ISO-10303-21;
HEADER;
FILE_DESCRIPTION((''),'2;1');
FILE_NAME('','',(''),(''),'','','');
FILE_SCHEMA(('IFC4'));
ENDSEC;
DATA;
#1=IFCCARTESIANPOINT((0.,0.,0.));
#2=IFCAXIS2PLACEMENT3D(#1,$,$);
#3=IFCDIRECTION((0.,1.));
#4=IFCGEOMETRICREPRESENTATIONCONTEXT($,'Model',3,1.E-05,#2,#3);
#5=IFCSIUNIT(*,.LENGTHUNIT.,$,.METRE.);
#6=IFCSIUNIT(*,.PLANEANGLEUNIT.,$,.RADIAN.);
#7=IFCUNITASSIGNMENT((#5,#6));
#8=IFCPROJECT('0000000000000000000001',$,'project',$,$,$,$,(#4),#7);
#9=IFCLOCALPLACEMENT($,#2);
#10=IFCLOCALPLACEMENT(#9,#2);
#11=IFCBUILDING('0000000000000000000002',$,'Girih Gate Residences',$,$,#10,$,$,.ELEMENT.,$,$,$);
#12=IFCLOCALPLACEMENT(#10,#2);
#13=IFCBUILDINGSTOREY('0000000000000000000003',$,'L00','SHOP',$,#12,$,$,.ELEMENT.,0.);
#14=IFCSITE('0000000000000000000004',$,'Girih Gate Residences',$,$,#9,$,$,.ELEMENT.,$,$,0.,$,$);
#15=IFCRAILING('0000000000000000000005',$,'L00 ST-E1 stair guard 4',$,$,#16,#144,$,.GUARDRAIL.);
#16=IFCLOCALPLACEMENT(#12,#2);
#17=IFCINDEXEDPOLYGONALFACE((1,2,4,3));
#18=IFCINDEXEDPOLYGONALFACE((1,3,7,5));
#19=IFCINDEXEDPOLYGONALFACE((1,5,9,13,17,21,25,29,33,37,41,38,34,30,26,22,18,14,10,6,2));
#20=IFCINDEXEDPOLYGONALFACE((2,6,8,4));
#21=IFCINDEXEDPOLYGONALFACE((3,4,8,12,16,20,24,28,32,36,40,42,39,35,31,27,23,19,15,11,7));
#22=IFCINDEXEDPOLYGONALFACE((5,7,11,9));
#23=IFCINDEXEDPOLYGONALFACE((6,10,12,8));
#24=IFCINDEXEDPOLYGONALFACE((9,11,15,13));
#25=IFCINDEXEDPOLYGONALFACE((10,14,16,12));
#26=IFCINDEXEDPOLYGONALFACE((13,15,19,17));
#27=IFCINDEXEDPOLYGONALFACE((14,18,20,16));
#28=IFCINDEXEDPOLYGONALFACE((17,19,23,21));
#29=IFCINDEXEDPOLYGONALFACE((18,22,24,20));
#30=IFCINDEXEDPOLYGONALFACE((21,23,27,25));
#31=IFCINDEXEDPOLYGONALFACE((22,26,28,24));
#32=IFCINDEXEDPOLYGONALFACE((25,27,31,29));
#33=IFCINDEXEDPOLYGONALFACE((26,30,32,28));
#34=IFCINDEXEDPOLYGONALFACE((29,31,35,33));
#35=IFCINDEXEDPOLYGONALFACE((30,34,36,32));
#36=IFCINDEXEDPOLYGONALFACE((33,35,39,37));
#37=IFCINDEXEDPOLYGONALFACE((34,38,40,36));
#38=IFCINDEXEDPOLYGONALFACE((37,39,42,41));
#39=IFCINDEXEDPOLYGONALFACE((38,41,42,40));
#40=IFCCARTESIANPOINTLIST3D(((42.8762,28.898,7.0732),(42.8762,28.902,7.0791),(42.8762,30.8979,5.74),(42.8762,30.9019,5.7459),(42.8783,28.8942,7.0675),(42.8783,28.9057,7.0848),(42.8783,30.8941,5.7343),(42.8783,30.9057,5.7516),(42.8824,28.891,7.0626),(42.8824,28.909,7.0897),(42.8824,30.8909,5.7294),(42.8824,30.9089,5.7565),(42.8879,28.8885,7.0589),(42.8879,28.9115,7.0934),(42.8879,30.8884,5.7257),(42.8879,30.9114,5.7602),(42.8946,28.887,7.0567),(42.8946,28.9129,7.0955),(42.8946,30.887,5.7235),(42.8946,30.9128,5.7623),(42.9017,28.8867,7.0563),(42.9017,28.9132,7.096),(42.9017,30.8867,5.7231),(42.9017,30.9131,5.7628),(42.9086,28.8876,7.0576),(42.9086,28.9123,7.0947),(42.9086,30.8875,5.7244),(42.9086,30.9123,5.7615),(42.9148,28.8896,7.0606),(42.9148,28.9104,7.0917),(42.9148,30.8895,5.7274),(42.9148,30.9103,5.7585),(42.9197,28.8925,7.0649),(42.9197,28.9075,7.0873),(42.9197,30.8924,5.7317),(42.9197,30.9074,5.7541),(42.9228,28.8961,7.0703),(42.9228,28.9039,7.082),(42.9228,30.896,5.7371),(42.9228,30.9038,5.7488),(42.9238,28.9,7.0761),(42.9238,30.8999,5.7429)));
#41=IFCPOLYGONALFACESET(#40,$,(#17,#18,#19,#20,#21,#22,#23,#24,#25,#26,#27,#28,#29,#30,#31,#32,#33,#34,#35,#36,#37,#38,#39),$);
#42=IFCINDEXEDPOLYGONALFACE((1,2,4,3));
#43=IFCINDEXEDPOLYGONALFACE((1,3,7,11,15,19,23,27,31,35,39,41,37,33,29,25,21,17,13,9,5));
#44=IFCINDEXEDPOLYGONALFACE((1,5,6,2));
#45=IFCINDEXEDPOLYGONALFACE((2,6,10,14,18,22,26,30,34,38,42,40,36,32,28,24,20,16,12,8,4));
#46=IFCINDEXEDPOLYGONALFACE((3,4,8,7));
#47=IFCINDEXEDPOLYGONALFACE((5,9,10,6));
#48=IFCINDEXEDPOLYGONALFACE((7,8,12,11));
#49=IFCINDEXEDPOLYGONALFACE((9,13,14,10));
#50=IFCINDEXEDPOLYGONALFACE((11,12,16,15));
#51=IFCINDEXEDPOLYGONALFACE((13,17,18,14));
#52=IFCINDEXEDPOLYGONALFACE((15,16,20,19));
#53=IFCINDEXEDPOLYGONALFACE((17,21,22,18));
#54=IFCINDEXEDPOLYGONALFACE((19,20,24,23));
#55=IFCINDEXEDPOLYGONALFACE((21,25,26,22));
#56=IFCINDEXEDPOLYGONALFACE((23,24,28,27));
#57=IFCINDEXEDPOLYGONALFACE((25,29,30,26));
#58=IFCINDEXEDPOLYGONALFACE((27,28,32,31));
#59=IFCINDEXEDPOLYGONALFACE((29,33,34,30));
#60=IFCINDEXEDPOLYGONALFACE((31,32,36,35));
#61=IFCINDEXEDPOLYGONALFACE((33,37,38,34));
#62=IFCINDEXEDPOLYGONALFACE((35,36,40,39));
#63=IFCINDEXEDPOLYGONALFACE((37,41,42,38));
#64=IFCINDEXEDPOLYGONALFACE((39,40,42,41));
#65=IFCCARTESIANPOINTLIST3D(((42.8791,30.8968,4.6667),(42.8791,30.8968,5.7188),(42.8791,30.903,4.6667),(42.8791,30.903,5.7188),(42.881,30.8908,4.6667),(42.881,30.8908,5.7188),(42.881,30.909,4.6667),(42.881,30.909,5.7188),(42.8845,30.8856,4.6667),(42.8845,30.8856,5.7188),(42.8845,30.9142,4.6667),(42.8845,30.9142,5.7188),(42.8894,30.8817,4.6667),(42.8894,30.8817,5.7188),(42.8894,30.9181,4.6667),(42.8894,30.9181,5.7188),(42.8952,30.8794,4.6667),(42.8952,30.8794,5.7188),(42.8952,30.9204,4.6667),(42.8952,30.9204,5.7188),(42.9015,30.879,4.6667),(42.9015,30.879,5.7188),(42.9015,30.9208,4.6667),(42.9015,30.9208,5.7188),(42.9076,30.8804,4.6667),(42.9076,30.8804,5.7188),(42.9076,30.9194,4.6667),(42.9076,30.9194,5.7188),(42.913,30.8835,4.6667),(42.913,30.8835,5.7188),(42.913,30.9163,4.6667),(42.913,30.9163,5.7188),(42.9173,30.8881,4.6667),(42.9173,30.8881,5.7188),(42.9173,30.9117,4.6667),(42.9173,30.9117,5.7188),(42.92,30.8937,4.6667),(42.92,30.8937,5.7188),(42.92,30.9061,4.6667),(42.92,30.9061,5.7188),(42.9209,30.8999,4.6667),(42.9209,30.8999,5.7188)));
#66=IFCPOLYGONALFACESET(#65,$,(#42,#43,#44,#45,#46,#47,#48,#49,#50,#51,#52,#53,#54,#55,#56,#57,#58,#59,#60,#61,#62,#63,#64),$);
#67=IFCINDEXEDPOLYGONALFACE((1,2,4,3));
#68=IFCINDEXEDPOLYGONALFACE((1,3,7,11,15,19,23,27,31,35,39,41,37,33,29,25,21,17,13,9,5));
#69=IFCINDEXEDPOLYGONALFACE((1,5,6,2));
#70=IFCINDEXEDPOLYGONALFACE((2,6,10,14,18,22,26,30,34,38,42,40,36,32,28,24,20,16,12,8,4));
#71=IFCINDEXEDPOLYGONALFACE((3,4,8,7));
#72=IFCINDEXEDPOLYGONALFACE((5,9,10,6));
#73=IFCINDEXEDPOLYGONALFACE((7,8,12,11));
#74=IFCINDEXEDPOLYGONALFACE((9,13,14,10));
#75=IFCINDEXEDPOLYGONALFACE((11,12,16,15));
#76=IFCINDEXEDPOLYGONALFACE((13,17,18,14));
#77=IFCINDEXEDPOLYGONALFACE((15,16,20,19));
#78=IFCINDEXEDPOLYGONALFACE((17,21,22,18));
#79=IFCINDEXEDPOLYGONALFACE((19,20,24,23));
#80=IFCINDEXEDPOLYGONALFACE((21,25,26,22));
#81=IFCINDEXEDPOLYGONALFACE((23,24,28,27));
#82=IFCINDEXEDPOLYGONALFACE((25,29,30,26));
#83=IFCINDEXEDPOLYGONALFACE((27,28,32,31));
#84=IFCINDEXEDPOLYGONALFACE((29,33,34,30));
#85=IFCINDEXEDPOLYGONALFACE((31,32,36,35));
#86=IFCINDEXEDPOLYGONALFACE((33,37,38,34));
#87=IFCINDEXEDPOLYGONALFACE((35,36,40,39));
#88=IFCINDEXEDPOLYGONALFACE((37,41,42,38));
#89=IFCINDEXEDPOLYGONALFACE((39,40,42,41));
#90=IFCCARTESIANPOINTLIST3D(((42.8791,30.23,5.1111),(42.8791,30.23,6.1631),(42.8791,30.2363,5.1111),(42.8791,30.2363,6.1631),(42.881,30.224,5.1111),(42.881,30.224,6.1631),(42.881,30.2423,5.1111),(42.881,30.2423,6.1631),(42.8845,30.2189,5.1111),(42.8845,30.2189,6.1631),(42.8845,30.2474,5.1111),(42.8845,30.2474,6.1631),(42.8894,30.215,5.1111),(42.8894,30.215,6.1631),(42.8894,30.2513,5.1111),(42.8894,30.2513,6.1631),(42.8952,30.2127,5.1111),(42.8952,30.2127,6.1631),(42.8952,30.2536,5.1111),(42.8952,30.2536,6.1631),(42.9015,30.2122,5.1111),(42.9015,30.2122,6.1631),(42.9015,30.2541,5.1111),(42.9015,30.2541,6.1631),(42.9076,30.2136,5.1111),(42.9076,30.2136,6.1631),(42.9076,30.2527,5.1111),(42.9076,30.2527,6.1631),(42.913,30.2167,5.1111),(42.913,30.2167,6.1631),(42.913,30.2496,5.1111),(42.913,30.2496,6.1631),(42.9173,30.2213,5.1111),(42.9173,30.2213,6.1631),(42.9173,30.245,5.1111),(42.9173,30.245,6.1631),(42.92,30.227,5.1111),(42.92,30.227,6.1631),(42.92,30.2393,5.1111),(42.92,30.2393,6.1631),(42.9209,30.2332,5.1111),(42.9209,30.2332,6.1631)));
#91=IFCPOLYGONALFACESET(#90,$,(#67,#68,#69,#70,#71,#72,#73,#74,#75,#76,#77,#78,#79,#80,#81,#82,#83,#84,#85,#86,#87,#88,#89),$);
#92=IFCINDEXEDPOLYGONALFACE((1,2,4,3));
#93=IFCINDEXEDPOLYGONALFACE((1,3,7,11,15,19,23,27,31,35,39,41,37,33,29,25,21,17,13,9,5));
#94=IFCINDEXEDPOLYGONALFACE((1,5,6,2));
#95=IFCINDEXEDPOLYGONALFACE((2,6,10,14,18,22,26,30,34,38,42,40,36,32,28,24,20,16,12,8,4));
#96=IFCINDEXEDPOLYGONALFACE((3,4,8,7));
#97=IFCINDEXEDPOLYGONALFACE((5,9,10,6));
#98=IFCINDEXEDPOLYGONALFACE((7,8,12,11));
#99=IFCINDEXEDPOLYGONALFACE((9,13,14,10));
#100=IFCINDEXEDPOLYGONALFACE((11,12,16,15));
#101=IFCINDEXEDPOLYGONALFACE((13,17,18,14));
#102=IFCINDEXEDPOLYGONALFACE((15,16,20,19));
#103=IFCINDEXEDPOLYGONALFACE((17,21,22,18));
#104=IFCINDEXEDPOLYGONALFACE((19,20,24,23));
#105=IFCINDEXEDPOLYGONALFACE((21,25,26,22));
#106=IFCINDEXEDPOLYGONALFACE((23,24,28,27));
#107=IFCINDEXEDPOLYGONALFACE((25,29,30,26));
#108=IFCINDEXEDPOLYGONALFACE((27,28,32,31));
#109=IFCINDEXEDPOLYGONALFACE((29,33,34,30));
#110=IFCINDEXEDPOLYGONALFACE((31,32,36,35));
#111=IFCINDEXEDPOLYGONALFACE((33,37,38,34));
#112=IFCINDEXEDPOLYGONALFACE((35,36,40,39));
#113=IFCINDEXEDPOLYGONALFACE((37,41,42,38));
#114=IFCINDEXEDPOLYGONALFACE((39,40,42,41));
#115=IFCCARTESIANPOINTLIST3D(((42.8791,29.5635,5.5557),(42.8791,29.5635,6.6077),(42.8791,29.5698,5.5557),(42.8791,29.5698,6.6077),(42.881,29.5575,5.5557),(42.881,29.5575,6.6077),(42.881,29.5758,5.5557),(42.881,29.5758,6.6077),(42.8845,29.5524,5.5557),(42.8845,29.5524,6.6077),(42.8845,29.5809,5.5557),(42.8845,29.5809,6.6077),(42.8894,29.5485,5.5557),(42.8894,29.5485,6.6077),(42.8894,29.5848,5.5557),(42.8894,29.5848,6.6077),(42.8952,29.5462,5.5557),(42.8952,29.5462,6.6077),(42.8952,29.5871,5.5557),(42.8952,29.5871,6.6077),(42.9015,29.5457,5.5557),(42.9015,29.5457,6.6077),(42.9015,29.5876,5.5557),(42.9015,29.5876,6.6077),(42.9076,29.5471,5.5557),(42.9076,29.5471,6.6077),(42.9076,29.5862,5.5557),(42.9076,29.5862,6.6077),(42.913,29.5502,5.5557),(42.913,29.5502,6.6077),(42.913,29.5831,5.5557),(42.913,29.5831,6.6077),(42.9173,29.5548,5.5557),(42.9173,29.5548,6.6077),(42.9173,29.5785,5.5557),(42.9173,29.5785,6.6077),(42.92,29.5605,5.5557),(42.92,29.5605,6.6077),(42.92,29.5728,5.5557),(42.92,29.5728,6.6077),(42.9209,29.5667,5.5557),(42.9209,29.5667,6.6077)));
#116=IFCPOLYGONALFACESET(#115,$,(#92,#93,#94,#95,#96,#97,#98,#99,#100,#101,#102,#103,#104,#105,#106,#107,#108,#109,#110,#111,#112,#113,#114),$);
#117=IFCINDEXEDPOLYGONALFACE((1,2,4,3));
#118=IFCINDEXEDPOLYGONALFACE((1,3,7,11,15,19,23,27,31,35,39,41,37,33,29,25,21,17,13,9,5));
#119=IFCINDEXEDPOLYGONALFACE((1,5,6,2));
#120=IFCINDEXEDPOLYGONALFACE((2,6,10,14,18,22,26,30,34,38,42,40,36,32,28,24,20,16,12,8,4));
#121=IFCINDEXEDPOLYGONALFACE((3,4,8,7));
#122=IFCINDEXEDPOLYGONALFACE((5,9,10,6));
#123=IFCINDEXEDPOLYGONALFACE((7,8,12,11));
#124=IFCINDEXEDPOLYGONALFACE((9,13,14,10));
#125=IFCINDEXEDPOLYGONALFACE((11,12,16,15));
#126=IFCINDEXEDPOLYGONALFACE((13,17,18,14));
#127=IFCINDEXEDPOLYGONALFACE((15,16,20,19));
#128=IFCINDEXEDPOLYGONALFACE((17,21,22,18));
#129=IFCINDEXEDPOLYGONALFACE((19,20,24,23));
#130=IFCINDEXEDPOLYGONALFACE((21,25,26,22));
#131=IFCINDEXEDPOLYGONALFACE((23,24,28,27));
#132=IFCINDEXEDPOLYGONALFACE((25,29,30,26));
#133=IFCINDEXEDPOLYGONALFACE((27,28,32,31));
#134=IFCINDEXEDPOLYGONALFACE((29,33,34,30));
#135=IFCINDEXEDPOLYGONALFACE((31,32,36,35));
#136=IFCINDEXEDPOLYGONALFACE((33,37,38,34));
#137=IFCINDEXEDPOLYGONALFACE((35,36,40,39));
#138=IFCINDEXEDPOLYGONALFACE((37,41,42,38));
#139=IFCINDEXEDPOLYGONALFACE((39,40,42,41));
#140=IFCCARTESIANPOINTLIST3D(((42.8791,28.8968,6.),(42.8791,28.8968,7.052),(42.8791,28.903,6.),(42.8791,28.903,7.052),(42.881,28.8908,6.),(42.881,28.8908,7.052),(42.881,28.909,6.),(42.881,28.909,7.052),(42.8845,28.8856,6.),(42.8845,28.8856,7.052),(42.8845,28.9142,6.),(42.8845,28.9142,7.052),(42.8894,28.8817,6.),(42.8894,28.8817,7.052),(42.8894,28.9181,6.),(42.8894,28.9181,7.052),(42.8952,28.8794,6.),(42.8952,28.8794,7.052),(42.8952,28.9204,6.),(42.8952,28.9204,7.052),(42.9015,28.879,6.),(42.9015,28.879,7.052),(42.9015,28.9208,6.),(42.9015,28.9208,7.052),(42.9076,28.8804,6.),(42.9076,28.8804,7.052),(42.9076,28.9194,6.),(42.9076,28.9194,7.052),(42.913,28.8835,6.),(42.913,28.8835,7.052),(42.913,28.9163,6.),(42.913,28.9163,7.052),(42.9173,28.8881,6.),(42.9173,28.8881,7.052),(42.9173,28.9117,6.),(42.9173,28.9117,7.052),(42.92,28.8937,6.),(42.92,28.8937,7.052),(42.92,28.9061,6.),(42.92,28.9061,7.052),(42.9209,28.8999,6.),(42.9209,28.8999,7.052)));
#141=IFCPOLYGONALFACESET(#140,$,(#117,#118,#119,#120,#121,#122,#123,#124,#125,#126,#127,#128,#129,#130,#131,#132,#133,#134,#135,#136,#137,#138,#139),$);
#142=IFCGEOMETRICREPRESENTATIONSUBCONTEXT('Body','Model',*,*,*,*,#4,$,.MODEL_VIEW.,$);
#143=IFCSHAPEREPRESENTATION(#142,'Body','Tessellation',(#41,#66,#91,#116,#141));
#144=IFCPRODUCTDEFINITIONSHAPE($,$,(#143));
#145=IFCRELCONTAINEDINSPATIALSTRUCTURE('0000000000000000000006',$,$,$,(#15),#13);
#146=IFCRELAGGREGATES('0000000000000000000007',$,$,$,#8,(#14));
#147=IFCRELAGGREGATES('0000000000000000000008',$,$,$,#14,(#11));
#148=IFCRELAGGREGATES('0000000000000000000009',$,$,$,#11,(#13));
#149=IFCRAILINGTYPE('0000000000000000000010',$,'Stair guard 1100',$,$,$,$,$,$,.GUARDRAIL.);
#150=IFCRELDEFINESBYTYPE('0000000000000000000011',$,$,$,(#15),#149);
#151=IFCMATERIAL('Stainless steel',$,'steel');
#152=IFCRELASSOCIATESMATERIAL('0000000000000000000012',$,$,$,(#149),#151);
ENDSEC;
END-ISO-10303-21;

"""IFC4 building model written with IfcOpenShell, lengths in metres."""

from ifc_helpers import new_model, si_unit, direction, frame, origin, origin_2d, place, context, subcontext, project, spatial, circle, extrude, material, type_object, element, save


model = new_model("IFC4")

# Units and contexts
model_context = context("Model", 3, precision=1e-05, world=origin(), true_north=direction((0.0, 1.0)))
body_context = subcontext(model_context, "Body", "Model", "MODEL_VIEW")
ifc_project = project(units=[si_unit("LENGTHUNIT", "METRE"), si_unit("PLANEANGLEUNIT", "RADIAN")], contexts=[model_context])

# Site, building, storey
site_placement = place(None, origin())
site = spatial("IfcSite", under=ifc_project, at=site_placement, Name="Girih Gate Residences", CompositionType="ELEMENT", RefElevation=0.0)
building_placement = place(site_placement, origin())
building = spatial("IfcBuilding", under=site, at=building_placement, Name="Girih Gate Residences", CompositionType="ELEMENT")
storey_placement = place(building_placement, origin())
storey = spatial("IfcBuildingStorey", under=building, at=storey_placement, Name="L00", Description="SHOP", CompositionType="ELEMENT", Elevation=0.0)

# Railing
ifc_material_1 = material(Name="Stainless steel", Category="steel")
railing_type_1 = type_object("IfcRailingType", Name="Stair guard 1100", PredefinedType="GUARDRAIL", material=ifc_material_1)
railing_1_placement = place(storey_placement, frame((42.8999, 30.8999, 4.6667)))
element("IfcRailing", 1, at=railing_1_placement, inside=storey, type_object=railing_type_1, Name="L00 ST-E1 stair guard 4", PredefinedType="GUARDRAIL", context=body_context, shape_type="SweptSolid", body=[
    extrude(circle(Radius=0.0239, at=origin_2d()), frame((0.0, 0.0, 1.0762), z_axis=(0.0, -0.832066, 0.554677), x_axis=(1.0, 0.0, 0.0)), (0.0, 0.0, 1.0), 2.4036),
    extrude(circle(Radius=0.021, at=origin_2d()), origin(), (0.0, 0.0, 1.0), 1.052),
    extrude(circle(Radius=0.021, at=origin_2d()), frame((0.0, -0.6667, 0.4443)), (0.0, 0.0, 1.0), 1.052),
    extrude(circle(Radius=0.021, at=origin_2d()), frame((0.0, -1.3333, 0.8889)), (0.0, 0.0, 1.0), 1.052),
    extrude(circle(Radius=0.021, at=origin_2d()), frame((0.0, -2.0, 1.3333)), (0.0, 0.0, 1.0), 1.052),
])

save(model, "model.ifc")
